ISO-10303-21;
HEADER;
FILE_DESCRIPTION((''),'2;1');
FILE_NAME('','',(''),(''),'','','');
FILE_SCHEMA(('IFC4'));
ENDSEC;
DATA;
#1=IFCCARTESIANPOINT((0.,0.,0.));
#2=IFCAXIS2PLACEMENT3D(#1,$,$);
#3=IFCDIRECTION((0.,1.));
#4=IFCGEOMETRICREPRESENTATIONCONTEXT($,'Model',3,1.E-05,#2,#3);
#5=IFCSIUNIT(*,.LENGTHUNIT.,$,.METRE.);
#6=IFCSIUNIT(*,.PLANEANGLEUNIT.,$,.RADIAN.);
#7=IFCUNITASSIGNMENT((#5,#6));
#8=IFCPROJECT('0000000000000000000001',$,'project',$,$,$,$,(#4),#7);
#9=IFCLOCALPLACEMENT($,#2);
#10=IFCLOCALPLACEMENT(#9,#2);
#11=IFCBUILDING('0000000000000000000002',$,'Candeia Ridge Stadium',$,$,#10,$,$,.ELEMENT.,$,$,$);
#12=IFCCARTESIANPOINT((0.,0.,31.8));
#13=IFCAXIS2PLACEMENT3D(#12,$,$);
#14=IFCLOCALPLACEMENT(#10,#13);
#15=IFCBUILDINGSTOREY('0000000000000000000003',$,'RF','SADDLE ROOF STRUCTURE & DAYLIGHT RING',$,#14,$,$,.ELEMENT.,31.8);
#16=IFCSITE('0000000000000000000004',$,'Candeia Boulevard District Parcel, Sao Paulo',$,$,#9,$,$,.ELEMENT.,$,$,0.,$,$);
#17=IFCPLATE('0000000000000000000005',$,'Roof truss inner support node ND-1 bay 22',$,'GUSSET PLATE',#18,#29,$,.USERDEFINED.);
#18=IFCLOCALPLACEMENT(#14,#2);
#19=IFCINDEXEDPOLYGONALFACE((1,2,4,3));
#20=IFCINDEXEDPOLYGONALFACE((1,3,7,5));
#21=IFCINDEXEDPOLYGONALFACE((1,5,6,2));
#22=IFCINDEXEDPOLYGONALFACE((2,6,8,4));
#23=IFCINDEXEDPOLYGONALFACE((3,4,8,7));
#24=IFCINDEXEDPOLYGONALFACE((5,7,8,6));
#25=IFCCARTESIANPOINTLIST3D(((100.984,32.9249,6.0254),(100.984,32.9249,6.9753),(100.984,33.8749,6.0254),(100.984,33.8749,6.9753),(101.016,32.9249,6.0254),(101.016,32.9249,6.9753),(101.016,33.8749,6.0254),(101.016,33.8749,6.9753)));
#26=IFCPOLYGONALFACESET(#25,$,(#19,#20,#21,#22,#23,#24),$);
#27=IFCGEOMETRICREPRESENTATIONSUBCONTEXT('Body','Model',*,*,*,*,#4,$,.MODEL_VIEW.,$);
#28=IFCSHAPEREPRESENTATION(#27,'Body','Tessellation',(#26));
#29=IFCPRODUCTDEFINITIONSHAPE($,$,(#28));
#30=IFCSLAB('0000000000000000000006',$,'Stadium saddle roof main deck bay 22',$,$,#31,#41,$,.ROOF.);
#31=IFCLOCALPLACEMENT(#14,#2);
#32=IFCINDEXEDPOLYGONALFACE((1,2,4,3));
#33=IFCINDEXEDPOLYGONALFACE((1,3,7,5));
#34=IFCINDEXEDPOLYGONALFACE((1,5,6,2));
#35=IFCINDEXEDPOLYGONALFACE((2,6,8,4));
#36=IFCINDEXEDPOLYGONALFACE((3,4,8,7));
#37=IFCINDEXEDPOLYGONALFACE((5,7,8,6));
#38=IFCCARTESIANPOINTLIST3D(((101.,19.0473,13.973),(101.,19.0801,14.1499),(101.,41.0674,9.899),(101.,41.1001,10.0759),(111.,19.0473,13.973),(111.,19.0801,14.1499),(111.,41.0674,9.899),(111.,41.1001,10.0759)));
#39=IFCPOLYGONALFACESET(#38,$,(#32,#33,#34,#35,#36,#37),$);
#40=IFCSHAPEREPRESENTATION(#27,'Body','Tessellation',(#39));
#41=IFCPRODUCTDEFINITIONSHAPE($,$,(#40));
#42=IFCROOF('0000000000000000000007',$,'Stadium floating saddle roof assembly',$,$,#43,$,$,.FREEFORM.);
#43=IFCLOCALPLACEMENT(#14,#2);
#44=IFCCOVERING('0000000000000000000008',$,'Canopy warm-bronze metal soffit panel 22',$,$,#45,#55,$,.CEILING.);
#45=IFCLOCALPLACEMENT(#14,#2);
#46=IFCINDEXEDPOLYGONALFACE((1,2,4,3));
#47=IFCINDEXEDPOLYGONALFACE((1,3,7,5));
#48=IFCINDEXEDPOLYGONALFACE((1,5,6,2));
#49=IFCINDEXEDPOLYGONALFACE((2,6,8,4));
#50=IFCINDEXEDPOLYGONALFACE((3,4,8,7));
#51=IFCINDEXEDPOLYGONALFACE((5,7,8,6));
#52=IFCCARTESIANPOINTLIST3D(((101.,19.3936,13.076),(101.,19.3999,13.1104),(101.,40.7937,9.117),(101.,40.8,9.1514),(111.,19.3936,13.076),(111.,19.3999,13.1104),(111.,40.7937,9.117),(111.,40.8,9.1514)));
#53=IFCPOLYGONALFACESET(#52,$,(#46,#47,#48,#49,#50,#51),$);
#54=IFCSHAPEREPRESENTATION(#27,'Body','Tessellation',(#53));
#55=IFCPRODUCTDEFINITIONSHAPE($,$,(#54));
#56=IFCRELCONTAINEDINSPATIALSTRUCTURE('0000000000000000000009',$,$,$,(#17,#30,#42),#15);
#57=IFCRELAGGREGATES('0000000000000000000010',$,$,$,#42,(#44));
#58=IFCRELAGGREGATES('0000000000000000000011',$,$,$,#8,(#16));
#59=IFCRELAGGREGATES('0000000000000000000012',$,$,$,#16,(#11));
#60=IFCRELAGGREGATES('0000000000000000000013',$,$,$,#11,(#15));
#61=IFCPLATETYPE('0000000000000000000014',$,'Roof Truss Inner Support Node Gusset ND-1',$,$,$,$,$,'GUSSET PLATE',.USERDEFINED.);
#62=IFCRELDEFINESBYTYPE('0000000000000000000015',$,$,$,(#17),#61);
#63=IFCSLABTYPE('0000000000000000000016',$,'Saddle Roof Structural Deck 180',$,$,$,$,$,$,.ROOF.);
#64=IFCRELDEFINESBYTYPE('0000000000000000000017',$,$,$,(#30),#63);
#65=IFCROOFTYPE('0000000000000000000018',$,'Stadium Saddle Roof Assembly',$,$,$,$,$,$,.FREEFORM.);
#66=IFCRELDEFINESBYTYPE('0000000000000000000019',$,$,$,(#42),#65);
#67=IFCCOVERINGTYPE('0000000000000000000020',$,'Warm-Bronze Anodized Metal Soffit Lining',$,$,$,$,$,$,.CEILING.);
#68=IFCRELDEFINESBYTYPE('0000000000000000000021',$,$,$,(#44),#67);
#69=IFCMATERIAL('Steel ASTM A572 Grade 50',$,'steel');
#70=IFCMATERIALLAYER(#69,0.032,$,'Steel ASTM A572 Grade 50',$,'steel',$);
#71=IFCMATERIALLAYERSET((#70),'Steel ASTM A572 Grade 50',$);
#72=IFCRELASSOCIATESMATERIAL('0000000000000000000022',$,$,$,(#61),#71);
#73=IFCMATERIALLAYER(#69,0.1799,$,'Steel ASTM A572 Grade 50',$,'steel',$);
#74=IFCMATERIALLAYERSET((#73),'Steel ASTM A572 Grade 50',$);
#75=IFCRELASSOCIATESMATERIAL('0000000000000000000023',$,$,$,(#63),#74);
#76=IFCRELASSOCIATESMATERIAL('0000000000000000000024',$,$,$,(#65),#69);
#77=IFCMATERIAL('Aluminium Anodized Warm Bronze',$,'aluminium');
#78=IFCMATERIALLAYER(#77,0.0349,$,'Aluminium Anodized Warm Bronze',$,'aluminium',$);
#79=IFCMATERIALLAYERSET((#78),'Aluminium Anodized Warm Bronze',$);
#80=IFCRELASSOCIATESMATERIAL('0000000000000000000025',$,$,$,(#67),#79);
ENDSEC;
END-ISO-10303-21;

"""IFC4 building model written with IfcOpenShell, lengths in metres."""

from ifc_helpers import new_model, si_unit, direction, frame, origin, origin_2d, place, context, subcontext, project, spatial, polyline, rectangle, outline, extrude, material, layer, layer_set, type_object, element, aggregate, save


model = new_model("IFC4")

# Units and contexts
model_context = context("Model", 3, precision=1e-05, world=origin(), true_north=direction((0.0, 1.0)))
body_context = subcontext(model_context, "Body", "Model", "MODEL_VIEW")
ifc_project = project(units=[si_unit("LENGTHUNIT", "METRE"), si_unit("PLANEANGLEUNIT", "RADIAN")], contexts=[model_context])

# Site, building, storey
site_placement = place(None, origin())
site = spatial("IfcSite", under=ifc_project, at=site_placement, Name="Candeia Boulevard District Parcel, Sao Paulo", CompositionType="ELEMENT", RefElevation=0.0)
building_placement = place(site_placement, origin())
building = spatial("IfcBuilding", under=site, at=building_placement, Name="Candeia Ridge Stadium", CompositionType="ELEMENT")
storey_placement = place(building_placement, frame((0.0, 0.0, 31.8)))
storey = spatial("IfcBuildingStorey", under=building, at=storey_placement, Name="RF", Description="SADDLE ROOF STRUCTURE & DAYLIGHT RING", CompositionType="ELEMENT", Elevation=31.8)

# Shared definitions
ifc_material_1 = material(Name="Steel ASTM A572 Grade 50", Category="steel")

# Plate
ifc_layer_1 = layer(ifc_material_1, 0.032, Name="Steel ASTM A572 Grade 50", Category="steel")
ifc_layer_set_1 = layer_set([ifc_layer_1], Name="Steel ASTM A572 Grade 50")
plate_type_1 = type_object("IfcPlateType", Name="Roof Truss Inner Support Node Gusset ND-1", ElementType="GUSSET PLATE", PredefinedType="USERDEFINED", material=ifc_layer_set_1)
plate_1_placement = place(storey_placement, frame((101.0, 33.3999, 6.0254), z_axis=(0.0, 0.0, 1.0), x_axis=(0.0, -1.0, 0.0)))
element("IfcPlate", 1, at=plate_1_placement, inside=storey, type_object=plate_type_1, Name="Roof truss inner support node ND-1 bay 22", ObjectType="GUSSET PLATE", PredefinedType="USERDEFINED", context=body_context, shape_type="SweptSolid", body=[
    extrude(rectangle(XDim=0.95, YDim=0.032, at=origin_2d()), origin(), (0.0, 0.0, 1.0), 0.95),
])

# Slab
ifc_layer_2 = layer(ifc_material_1, 0.1799, Name="Steel ASTM A572 Grade 50", Category="steel")
ifc_layer_set_2 = layer_set([ifc_layer_2], Name="Steel ASTM A572 Grade 50")
slab_type = type_object("IfcSlabType", Name="Saddle Roof Structural Deck 180", PredefinedType="ROOF", material=ifc_layer_set_2)
slab_placement = place(storey_placement, frame((101.0, 41.1001, 10.0759), z_axis=(0.0, 0.181925, 0.983312), x_axis=(1.0, 0.0, 0.0)))
element("IfcSlab", 2, at=slab_placement, inside=storey, type_object=slab_type, Name="Stadium saddle roof main deck bay 22", PredefinedType="ROOF", context=body_context, shape_type="SweptSolid", body=[
    extrude(outline(polyline([(0.0, 0.0), (10.0, 0.0), (10.0, -22.3937), (0.0, -22.3937), (0.0, 0.0)])), origin(), (0.0, 0.0, -1.0), 0.1799),
])

# Roof, covering
roof_type = type_object("IfcRoofType", Name="Stadium Saddle Roof Assembly", PredefinedType="FREEFORM", material=ifc_material_1)
roof_placement = place(storey_placement, origin())
roof = element("IfcRoof", 3, at=roof_placement, inside=storey, type_object=roof_type, Name="Stadium floating saddle roof assembly", PredefinedType="FREEFORM")
ifc_material_2 = material(Name="Aluminium Anodized Warm Bronze", Category="aluminium")
ifc_layer_3 = layer(ifc_material_2, 0.0349, Name="Aluminium Anodized Warm Bronze", Category="aluminium")
ifc_layer_set_3 = layer_set([ifc_layer_3], Name="Aluminium Anodized Warm Bronze")
covering_type = type_object("IfcCoveringType", Name="Warm-Bronze Anodized Metal Soffit Lining", PredefinedType="CEILING", material=ifc_layer_set_3)
covering_placement = place(storey_placement, frame((101.0, 40.8, 9.1514), z_axis=(0.0, 0.181911, 0.983315), x_axis=(1.0, 0.0, 0.0)))
covering = element("IfcCovering", 4, at=covering_placement, type_object=covering_type, Name="Canopy warm-bronze metal soffit panel 22", PredefinedType="CEILING", context=body_context, shape_type="SweptSolid", body=[
    extrude(outline(polyline([(0.0, 0.0), (10.0, 0.0), (10.0, -21.7633), (0.0, -21.7633), (0.0, 0.0)])), origin(), (0.0, 0.0, -1.0), 0.0349),
])
aggregate(roof, [covering])

save(model, "model.ifc")
